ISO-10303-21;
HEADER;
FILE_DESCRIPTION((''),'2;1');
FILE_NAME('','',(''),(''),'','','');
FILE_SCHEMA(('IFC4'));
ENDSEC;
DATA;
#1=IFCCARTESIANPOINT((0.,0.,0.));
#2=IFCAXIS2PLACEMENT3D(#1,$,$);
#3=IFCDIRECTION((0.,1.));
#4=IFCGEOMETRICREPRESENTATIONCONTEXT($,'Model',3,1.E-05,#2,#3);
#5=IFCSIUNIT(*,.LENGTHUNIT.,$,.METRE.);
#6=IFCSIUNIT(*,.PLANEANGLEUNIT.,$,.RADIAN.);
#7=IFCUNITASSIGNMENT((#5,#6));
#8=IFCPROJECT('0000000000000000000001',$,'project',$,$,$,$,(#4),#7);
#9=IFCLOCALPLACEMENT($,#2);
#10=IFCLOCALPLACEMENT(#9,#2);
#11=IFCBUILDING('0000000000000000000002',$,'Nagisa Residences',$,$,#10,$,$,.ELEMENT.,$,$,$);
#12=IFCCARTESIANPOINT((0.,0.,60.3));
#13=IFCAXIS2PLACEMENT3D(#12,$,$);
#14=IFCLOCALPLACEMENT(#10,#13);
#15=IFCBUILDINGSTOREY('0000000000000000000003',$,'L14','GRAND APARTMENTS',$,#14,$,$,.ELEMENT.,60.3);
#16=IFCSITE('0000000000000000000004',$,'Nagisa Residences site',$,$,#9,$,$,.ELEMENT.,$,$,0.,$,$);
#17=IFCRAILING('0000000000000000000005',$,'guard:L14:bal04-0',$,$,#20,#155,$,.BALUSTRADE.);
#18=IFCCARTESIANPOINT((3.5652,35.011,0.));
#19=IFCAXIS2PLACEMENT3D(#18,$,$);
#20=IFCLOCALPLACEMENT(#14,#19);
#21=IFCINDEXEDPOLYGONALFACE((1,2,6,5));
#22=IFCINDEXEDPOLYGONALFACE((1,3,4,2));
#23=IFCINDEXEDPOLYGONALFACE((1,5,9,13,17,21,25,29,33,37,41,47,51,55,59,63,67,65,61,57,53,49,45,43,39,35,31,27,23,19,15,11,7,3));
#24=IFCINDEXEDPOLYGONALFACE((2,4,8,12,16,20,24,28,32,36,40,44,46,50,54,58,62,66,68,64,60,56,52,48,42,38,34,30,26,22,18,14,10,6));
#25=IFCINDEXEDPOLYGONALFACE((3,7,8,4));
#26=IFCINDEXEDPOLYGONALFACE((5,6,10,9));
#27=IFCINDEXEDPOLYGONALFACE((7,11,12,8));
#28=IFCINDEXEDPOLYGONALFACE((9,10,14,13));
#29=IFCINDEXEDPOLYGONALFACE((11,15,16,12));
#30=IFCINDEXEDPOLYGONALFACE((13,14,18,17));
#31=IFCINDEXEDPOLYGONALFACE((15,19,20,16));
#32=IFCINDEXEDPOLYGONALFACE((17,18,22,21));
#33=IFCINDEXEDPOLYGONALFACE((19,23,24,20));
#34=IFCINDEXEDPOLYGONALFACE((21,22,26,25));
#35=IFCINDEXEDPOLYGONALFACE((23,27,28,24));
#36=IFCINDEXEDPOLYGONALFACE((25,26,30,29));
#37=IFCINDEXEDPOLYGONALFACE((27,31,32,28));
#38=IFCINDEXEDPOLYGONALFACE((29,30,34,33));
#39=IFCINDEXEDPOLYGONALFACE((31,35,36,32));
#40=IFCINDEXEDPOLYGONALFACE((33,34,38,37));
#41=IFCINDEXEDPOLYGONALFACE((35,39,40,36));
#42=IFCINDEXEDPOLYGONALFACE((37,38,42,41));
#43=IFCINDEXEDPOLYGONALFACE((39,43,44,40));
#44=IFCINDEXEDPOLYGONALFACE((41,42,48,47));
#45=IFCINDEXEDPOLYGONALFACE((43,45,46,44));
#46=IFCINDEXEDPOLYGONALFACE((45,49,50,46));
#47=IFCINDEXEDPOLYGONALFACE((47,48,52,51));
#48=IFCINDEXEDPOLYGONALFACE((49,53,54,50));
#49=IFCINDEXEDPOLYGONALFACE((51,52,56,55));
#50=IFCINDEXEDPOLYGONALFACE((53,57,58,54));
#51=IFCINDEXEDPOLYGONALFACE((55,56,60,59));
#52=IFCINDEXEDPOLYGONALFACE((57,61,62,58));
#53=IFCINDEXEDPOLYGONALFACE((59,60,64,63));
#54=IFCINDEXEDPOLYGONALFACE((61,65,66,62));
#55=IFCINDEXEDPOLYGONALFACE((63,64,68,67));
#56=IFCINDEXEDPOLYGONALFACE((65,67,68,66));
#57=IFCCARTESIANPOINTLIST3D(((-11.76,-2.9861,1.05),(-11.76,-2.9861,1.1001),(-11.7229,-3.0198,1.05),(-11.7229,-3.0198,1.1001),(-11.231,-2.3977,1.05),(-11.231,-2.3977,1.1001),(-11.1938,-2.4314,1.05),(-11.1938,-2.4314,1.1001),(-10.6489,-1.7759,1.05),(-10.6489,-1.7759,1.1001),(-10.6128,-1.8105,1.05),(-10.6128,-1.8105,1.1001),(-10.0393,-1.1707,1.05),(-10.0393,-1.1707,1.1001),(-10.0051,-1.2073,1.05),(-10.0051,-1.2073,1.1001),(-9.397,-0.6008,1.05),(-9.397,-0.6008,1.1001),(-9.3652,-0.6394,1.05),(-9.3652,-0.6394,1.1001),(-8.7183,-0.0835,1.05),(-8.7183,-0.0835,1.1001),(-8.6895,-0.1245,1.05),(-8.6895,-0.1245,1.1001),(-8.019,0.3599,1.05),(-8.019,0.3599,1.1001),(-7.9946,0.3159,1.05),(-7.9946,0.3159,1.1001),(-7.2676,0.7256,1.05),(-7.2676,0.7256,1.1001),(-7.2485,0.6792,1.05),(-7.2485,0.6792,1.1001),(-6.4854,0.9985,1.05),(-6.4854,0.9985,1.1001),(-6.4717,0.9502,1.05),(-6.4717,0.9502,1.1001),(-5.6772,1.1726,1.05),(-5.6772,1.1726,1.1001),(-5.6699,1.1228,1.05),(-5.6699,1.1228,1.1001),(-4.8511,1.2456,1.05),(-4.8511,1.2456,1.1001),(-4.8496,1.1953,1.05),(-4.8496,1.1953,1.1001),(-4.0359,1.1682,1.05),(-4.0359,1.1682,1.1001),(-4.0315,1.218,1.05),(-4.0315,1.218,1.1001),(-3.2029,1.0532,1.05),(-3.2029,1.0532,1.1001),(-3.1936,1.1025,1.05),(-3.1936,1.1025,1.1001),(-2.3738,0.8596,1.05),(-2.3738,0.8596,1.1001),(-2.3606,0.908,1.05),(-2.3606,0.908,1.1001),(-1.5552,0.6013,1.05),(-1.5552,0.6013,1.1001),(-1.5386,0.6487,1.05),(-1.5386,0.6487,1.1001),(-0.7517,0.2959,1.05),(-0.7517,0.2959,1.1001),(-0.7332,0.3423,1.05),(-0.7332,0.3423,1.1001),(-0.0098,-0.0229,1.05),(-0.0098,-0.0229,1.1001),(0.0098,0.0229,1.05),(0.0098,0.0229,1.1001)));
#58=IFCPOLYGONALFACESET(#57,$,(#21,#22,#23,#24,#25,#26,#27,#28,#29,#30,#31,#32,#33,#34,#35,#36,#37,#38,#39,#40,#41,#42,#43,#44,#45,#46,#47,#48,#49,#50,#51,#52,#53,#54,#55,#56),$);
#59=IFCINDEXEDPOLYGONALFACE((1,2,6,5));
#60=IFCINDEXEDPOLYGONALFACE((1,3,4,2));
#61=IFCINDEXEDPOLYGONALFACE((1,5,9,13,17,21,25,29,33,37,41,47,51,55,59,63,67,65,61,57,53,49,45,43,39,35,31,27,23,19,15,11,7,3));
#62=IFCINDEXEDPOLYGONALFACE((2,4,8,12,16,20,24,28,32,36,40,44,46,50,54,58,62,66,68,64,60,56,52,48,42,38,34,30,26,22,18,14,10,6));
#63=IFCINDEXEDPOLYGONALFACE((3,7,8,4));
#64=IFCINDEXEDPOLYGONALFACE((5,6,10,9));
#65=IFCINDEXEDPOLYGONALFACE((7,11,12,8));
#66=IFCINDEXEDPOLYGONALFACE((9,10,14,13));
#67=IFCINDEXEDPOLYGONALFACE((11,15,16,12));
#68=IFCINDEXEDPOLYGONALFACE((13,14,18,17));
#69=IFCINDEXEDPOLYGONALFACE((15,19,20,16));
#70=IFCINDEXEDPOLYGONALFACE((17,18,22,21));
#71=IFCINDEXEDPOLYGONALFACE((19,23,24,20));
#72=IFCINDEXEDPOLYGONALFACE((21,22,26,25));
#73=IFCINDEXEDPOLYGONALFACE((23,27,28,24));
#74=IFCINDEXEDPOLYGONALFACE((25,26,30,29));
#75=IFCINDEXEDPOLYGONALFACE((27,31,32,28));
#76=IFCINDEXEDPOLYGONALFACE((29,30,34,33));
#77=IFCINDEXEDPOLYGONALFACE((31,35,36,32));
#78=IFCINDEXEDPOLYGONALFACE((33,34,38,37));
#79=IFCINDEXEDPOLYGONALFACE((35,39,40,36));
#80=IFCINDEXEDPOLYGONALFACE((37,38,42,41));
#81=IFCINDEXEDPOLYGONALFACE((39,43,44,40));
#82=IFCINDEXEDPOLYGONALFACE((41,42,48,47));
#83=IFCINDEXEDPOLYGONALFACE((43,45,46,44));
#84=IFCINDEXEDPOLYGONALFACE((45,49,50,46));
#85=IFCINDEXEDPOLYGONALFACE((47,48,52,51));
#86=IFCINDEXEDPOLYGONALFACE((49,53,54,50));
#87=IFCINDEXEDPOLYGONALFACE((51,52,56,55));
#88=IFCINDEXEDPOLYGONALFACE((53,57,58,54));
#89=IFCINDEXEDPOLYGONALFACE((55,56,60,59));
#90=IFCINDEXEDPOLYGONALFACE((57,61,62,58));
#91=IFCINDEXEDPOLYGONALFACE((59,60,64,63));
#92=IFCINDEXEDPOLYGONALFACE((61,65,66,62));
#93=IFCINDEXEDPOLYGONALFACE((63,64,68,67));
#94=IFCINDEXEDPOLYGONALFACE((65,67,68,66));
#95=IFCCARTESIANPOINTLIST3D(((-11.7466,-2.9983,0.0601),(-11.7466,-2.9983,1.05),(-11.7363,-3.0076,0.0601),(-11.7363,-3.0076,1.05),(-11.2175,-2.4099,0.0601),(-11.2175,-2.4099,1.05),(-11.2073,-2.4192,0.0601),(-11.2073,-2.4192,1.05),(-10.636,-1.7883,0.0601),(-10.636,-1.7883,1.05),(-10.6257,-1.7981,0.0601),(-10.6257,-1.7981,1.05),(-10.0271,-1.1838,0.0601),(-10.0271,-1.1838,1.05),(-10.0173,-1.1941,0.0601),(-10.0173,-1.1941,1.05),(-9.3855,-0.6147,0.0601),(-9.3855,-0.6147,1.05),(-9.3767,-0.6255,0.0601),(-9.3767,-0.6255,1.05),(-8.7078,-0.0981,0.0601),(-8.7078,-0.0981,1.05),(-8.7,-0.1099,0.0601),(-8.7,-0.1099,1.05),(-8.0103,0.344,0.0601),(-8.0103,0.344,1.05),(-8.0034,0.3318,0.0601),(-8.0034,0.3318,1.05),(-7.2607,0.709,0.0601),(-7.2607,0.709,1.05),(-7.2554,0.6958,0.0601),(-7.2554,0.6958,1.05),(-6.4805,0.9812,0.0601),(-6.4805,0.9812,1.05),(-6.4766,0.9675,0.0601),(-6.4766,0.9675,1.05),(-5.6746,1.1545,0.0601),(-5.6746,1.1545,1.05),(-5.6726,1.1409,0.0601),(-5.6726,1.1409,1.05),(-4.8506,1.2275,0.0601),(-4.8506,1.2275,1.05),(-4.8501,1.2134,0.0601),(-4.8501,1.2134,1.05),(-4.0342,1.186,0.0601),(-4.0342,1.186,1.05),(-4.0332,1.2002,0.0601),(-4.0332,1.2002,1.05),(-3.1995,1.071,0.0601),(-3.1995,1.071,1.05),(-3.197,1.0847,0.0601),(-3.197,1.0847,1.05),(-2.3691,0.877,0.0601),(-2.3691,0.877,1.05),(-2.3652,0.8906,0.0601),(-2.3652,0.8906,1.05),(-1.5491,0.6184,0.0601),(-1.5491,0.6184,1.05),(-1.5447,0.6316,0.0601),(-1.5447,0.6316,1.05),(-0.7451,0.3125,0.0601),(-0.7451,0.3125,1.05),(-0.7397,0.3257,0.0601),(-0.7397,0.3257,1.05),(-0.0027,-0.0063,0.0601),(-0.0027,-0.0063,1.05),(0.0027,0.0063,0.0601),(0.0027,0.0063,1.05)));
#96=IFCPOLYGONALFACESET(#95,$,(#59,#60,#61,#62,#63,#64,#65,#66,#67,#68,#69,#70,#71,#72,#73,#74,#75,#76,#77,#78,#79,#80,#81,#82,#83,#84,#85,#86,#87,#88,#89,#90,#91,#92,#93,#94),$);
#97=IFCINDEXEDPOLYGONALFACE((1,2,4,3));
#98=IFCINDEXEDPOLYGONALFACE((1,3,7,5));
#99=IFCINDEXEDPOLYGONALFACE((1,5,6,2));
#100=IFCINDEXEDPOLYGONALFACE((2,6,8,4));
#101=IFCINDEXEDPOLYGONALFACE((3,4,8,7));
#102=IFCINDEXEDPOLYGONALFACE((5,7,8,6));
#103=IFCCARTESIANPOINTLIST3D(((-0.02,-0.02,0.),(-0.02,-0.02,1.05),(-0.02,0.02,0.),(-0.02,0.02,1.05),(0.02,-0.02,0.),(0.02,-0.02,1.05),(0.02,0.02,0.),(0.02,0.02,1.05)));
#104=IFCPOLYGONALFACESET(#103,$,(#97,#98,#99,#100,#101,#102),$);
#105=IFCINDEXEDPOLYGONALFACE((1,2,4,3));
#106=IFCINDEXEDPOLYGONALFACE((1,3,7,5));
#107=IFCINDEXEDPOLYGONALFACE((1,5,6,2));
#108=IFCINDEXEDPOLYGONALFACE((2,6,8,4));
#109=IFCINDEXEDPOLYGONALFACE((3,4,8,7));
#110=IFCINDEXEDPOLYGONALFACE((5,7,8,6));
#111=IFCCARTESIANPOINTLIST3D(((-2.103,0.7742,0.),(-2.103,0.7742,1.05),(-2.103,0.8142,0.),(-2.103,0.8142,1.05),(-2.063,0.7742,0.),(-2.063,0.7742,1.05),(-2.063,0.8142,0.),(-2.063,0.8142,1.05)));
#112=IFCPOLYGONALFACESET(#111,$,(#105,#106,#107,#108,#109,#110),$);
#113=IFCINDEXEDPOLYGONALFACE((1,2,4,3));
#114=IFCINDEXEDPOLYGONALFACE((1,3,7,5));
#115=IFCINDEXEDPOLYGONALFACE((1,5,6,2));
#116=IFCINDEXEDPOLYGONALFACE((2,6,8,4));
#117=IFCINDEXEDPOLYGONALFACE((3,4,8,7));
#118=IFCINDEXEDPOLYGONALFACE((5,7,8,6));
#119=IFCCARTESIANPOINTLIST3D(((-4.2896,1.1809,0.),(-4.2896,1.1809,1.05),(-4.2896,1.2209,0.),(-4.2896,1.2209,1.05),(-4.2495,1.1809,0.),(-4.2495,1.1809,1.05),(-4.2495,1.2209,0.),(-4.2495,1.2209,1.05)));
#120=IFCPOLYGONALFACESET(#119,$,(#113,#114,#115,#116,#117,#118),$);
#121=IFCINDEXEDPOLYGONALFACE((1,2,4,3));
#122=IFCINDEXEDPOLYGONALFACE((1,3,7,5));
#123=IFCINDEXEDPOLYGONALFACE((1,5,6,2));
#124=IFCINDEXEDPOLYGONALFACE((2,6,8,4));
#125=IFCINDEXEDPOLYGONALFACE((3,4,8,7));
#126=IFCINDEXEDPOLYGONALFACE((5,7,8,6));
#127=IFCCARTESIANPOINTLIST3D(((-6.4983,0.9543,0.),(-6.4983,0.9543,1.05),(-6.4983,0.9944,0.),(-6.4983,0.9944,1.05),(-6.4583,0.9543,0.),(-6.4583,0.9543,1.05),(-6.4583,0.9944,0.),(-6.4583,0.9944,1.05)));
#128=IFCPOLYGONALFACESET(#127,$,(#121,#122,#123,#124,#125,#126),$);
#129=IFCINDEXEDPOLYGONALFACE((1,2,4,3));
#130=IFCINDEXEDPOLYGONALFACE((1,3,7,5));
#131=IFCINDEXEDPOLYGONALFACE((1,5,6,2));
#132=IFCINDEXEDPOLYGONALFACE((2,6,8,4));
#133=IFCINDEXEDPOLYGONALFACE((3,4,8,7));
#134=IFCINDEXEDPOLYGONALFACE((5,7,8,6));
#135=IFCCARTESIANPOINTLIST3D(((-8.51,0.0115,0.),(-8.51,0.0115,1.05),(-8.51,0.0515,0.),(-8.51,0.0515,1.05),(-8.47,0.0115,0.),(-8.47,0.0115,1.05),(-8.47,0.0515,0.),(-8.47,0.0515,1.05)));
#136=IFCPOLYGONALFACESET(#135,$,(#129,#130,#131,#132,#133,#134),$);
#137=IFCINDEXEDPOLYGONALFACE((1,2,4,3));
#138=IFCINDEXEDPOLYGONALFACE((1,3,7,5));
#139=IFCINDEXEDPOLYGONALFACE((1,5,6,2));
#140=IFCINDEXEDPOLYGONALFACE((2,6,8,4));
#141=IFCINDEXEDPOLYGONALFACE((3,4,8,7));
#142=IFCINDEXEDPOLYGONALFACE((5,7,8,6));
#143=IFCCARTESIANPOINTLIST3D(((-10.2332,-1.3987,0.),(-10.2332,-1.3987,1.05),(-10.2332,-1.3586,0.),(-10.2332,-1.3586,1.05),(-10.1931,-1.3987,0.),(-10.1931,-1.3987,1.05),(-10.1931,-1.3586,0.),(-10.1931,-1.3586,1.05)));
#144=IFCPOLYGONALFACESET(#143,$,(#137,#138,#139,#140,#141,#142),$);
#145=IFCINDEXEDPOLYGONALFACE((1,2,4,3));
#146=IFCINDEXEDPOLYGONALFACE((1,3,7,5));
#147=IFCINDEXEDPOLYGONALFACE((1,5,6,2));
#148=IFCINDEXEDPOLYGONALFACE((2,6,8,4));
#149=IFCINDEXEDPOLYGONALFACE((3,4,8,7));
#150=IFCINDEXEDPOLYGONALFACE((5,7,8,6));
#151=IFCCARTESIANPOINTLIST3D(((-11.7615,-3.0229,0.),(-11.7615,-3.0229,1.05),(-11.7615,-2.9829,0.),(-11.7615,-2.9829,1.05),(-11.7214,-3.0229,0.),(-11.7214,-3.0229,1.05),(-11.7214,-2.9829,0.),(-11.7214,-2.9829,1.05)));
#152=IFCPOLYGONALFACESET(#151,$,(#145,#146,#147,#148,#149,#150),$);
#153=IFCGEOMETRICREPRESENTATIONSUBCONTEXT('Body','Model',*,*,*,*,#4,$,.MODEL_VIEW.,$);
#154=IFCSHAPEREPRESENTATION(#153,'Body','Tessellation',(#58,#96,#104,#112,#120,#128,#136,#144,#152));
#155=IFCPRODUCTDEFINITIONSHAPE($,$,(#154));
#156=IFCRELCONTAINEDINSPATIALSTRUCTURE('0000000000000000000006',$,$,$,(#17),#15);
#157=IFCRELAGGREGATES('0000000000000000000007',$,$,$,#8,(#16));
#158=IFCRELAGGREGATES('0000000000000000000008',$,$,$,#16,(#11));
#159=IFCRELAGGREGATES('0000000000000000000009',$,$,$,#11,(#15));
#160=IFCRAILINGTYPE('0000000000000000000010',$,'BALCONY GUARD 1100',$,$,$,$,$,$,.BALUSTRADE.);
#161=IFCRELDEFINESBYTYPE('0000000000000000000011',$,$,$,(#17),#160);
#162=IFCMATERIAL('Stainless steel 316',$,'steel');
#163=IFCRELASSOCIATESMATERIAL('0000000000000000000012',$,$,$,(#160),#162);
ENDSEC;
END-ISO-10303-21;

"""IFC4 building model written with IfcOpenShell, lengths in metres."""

from ifc_helpers import new_model, si_unit, direction, frame, origin, origin_2d, place, context, subcontext, project, spatial, polyline, rectangle, outline, extrude, material, type_object, element, save


model = new_model("IFC4")

# Units and contexts
model_context = context("Model", 3, precision=1e-05, world=origin(), true_north=direction((0.0, 1.0)))
body_context = subcontext(model_context, "Body", "Model", "MODEL_VIEW")
ifc_project = project(units=[si_unit("LENGTHUNIT", "METRE"), si_unit("PLANEANGLEUNIT", "RADIAN")], contexts=[model_context])

# Site, building, storey
site_placement = place(None, origin())
site = spatial("IfcSite", under=ifc_project, at=site_placement, Name="Nagisa Residences site", CompositionType="ELEMENT", RefElevation=0.0)
building_placement = place(site_placement, origin())
building = spatial("IfcBuilding", under=site, at=building_placement, Name="Nagisa Residences", CompositionType="ELEMENT")
storey_placement = place(building_placement, frame((0.0, 0.0, 60.3)))
storey = spatial("IfcBuildingStorey", under=building, at=storey_placement, Name="L14", Description="GRAND APARTMENTS", CompositionType="ELEMENT", Elevation=60.3)

# Railing
ifc_material_1 = material(Name="Stainless steel 316", Category="steel")
railing_type = type_object("IfcRailingType", Name="BALCONY GUARD 1100", PredefinedType="BALUSTRADE", material=ifc_material_1)
railing_placement = place(storey_placement, frame((3.5652, 35.011, 0.0)))
element("IfcRailing", 1, at=railing_placement, inside=storey, type_object=railing_type, Name="guard:L14:bal04-0", PredefinedType="BALUSTRADE", context=body_context, shape_type="SweptSolid", body=[
    extrude(outline(polyline([(-0.7517, 0.2959), (-0.0098, -0.0229), (0.0098, 0.0229), (-0.7332, 0.3423), (-1.5386, 0.6487), (-2.3606, 0.908), (-3.1936, 1.1025), (-4.0315, 1.218), (-4.8511, 1.2456), (-5.6772, 1.1726), (-6.4854, 0.9985), (-7.2676, 0.7256), (-8.019, 0.3599), (-8.7183, -0.0835), (-9.397, -0.6008), (-10.0393, -1.1707), (-10.6489, -1.7759), (-11.231, -2.3977), (-11.76, -2.9861), (-11.7229, -3.0198), (-11.1938, -2.4314), (-10.6128, -1.8105), (-10.0051, -1.2073), (-9.3652, -0.6394), (-8.6895, -0.1245), (-7.9946, 0.3159), (-7.2485, 0.6792), (-6.4717, 0.9502), (-5.6699, 1.1228), (-4.8496, 1.1953), (-4.0359, 1.1682), (-3.2029, 1.0532), (-2.3738, 0.8596), (-1.5552, 0.6013), (-0.7517, 0.2959)])), frame((0.0, 0.0, 1.05)), (0.0, 0.0, 1.0), 0.05),
    extrude(outline(polyline([(-0.7451, 0.3125), (-0.0027, -0.0063), (0.0027, 0.0063), (-0.7397, 0.3257), (-1.5447, 0.6316), (-2.3652, 0.8906), (-3.197, 1.0847), (-4.0332, 1.2002), (-4.8506, 1.2275), (-5.6746, 1.1545), (-6.4805, 0.9812), (-7.2607, 0.709), (-8.0103, 0.344), (-8.7078, -0.0981), (-9.3855, -0.6147), (-10.0271, -1.1838), (-10.636, -1.7883), (-11.2175, -2.4099), (-11.7466, -2.9983), (-11.7363, -3.0076), (-11.2073, -2.4192), (-10.6257, -1.7981), (-10.0173, -1.1941), (-9.3767, -0.6255), (-8.7, -0.1099), (-8.0034, 0.3318), (-7.2554, 0.6958), (-6.4766, 0.9675), (-5.6726, 1.1409), (-4.8501, 1.2134), (-4.0342, 1.186), (-3.1995, 1.071), (-2.3691, 0.877), (-1.5491, 0.6184), (-0.7451, 0.3125)])), frame((0.0, 0.0, 0.0601)), (0.0, 0.0, 1.0), 0.99),
    extrude(rectangle(XDim=0.04, YDim=0.04, at=origin_2d()), origin(), (0.0, 0.0, 1.0), 1.05),
    extrude(rectangle(XDim=0.04, YDim=0.04, at=origin_2d()), frame((-2.083, 0.7942, 0.0)), (0.0, 0.0, 1.0), 1.05),
    extrude(rectangle(XDim=0.04, YDim=0.04, at=origin_2d()), frame((-4.2695, 1.2009, 0.0)), (0.0, 0.0, 1.0), 1.05),
    extrude(rectangle(XDim=0.04, YDim=0.04, at=origin_2d()), frame((-6.4783, 0.9744, 0.0)), (0.0, 0.0, 1.0), 1.05),
    extrude(rectangle(XDim=0.04, YDim=0.04, at=origin_2d()), frame((-8.49, 0.0315, 0.0)), (0.0, 0.0, 1.0), 1.05),
    extrude(rectangle(XDim=0.04, YDim=0.04, at=origin_2d()), frame((-10.2131, -1.3787, 0.0)), (0.0, 0.0, 1.0), 1.05),
    extrude(rectangle(XDim=0.04, YDim=0.04, at=origin_2d()), frame((-11.7415, -3.0029, 0.0)), (0.0, 0.0, 1.0), 1.05),
])

save(model, "model.ifc")
